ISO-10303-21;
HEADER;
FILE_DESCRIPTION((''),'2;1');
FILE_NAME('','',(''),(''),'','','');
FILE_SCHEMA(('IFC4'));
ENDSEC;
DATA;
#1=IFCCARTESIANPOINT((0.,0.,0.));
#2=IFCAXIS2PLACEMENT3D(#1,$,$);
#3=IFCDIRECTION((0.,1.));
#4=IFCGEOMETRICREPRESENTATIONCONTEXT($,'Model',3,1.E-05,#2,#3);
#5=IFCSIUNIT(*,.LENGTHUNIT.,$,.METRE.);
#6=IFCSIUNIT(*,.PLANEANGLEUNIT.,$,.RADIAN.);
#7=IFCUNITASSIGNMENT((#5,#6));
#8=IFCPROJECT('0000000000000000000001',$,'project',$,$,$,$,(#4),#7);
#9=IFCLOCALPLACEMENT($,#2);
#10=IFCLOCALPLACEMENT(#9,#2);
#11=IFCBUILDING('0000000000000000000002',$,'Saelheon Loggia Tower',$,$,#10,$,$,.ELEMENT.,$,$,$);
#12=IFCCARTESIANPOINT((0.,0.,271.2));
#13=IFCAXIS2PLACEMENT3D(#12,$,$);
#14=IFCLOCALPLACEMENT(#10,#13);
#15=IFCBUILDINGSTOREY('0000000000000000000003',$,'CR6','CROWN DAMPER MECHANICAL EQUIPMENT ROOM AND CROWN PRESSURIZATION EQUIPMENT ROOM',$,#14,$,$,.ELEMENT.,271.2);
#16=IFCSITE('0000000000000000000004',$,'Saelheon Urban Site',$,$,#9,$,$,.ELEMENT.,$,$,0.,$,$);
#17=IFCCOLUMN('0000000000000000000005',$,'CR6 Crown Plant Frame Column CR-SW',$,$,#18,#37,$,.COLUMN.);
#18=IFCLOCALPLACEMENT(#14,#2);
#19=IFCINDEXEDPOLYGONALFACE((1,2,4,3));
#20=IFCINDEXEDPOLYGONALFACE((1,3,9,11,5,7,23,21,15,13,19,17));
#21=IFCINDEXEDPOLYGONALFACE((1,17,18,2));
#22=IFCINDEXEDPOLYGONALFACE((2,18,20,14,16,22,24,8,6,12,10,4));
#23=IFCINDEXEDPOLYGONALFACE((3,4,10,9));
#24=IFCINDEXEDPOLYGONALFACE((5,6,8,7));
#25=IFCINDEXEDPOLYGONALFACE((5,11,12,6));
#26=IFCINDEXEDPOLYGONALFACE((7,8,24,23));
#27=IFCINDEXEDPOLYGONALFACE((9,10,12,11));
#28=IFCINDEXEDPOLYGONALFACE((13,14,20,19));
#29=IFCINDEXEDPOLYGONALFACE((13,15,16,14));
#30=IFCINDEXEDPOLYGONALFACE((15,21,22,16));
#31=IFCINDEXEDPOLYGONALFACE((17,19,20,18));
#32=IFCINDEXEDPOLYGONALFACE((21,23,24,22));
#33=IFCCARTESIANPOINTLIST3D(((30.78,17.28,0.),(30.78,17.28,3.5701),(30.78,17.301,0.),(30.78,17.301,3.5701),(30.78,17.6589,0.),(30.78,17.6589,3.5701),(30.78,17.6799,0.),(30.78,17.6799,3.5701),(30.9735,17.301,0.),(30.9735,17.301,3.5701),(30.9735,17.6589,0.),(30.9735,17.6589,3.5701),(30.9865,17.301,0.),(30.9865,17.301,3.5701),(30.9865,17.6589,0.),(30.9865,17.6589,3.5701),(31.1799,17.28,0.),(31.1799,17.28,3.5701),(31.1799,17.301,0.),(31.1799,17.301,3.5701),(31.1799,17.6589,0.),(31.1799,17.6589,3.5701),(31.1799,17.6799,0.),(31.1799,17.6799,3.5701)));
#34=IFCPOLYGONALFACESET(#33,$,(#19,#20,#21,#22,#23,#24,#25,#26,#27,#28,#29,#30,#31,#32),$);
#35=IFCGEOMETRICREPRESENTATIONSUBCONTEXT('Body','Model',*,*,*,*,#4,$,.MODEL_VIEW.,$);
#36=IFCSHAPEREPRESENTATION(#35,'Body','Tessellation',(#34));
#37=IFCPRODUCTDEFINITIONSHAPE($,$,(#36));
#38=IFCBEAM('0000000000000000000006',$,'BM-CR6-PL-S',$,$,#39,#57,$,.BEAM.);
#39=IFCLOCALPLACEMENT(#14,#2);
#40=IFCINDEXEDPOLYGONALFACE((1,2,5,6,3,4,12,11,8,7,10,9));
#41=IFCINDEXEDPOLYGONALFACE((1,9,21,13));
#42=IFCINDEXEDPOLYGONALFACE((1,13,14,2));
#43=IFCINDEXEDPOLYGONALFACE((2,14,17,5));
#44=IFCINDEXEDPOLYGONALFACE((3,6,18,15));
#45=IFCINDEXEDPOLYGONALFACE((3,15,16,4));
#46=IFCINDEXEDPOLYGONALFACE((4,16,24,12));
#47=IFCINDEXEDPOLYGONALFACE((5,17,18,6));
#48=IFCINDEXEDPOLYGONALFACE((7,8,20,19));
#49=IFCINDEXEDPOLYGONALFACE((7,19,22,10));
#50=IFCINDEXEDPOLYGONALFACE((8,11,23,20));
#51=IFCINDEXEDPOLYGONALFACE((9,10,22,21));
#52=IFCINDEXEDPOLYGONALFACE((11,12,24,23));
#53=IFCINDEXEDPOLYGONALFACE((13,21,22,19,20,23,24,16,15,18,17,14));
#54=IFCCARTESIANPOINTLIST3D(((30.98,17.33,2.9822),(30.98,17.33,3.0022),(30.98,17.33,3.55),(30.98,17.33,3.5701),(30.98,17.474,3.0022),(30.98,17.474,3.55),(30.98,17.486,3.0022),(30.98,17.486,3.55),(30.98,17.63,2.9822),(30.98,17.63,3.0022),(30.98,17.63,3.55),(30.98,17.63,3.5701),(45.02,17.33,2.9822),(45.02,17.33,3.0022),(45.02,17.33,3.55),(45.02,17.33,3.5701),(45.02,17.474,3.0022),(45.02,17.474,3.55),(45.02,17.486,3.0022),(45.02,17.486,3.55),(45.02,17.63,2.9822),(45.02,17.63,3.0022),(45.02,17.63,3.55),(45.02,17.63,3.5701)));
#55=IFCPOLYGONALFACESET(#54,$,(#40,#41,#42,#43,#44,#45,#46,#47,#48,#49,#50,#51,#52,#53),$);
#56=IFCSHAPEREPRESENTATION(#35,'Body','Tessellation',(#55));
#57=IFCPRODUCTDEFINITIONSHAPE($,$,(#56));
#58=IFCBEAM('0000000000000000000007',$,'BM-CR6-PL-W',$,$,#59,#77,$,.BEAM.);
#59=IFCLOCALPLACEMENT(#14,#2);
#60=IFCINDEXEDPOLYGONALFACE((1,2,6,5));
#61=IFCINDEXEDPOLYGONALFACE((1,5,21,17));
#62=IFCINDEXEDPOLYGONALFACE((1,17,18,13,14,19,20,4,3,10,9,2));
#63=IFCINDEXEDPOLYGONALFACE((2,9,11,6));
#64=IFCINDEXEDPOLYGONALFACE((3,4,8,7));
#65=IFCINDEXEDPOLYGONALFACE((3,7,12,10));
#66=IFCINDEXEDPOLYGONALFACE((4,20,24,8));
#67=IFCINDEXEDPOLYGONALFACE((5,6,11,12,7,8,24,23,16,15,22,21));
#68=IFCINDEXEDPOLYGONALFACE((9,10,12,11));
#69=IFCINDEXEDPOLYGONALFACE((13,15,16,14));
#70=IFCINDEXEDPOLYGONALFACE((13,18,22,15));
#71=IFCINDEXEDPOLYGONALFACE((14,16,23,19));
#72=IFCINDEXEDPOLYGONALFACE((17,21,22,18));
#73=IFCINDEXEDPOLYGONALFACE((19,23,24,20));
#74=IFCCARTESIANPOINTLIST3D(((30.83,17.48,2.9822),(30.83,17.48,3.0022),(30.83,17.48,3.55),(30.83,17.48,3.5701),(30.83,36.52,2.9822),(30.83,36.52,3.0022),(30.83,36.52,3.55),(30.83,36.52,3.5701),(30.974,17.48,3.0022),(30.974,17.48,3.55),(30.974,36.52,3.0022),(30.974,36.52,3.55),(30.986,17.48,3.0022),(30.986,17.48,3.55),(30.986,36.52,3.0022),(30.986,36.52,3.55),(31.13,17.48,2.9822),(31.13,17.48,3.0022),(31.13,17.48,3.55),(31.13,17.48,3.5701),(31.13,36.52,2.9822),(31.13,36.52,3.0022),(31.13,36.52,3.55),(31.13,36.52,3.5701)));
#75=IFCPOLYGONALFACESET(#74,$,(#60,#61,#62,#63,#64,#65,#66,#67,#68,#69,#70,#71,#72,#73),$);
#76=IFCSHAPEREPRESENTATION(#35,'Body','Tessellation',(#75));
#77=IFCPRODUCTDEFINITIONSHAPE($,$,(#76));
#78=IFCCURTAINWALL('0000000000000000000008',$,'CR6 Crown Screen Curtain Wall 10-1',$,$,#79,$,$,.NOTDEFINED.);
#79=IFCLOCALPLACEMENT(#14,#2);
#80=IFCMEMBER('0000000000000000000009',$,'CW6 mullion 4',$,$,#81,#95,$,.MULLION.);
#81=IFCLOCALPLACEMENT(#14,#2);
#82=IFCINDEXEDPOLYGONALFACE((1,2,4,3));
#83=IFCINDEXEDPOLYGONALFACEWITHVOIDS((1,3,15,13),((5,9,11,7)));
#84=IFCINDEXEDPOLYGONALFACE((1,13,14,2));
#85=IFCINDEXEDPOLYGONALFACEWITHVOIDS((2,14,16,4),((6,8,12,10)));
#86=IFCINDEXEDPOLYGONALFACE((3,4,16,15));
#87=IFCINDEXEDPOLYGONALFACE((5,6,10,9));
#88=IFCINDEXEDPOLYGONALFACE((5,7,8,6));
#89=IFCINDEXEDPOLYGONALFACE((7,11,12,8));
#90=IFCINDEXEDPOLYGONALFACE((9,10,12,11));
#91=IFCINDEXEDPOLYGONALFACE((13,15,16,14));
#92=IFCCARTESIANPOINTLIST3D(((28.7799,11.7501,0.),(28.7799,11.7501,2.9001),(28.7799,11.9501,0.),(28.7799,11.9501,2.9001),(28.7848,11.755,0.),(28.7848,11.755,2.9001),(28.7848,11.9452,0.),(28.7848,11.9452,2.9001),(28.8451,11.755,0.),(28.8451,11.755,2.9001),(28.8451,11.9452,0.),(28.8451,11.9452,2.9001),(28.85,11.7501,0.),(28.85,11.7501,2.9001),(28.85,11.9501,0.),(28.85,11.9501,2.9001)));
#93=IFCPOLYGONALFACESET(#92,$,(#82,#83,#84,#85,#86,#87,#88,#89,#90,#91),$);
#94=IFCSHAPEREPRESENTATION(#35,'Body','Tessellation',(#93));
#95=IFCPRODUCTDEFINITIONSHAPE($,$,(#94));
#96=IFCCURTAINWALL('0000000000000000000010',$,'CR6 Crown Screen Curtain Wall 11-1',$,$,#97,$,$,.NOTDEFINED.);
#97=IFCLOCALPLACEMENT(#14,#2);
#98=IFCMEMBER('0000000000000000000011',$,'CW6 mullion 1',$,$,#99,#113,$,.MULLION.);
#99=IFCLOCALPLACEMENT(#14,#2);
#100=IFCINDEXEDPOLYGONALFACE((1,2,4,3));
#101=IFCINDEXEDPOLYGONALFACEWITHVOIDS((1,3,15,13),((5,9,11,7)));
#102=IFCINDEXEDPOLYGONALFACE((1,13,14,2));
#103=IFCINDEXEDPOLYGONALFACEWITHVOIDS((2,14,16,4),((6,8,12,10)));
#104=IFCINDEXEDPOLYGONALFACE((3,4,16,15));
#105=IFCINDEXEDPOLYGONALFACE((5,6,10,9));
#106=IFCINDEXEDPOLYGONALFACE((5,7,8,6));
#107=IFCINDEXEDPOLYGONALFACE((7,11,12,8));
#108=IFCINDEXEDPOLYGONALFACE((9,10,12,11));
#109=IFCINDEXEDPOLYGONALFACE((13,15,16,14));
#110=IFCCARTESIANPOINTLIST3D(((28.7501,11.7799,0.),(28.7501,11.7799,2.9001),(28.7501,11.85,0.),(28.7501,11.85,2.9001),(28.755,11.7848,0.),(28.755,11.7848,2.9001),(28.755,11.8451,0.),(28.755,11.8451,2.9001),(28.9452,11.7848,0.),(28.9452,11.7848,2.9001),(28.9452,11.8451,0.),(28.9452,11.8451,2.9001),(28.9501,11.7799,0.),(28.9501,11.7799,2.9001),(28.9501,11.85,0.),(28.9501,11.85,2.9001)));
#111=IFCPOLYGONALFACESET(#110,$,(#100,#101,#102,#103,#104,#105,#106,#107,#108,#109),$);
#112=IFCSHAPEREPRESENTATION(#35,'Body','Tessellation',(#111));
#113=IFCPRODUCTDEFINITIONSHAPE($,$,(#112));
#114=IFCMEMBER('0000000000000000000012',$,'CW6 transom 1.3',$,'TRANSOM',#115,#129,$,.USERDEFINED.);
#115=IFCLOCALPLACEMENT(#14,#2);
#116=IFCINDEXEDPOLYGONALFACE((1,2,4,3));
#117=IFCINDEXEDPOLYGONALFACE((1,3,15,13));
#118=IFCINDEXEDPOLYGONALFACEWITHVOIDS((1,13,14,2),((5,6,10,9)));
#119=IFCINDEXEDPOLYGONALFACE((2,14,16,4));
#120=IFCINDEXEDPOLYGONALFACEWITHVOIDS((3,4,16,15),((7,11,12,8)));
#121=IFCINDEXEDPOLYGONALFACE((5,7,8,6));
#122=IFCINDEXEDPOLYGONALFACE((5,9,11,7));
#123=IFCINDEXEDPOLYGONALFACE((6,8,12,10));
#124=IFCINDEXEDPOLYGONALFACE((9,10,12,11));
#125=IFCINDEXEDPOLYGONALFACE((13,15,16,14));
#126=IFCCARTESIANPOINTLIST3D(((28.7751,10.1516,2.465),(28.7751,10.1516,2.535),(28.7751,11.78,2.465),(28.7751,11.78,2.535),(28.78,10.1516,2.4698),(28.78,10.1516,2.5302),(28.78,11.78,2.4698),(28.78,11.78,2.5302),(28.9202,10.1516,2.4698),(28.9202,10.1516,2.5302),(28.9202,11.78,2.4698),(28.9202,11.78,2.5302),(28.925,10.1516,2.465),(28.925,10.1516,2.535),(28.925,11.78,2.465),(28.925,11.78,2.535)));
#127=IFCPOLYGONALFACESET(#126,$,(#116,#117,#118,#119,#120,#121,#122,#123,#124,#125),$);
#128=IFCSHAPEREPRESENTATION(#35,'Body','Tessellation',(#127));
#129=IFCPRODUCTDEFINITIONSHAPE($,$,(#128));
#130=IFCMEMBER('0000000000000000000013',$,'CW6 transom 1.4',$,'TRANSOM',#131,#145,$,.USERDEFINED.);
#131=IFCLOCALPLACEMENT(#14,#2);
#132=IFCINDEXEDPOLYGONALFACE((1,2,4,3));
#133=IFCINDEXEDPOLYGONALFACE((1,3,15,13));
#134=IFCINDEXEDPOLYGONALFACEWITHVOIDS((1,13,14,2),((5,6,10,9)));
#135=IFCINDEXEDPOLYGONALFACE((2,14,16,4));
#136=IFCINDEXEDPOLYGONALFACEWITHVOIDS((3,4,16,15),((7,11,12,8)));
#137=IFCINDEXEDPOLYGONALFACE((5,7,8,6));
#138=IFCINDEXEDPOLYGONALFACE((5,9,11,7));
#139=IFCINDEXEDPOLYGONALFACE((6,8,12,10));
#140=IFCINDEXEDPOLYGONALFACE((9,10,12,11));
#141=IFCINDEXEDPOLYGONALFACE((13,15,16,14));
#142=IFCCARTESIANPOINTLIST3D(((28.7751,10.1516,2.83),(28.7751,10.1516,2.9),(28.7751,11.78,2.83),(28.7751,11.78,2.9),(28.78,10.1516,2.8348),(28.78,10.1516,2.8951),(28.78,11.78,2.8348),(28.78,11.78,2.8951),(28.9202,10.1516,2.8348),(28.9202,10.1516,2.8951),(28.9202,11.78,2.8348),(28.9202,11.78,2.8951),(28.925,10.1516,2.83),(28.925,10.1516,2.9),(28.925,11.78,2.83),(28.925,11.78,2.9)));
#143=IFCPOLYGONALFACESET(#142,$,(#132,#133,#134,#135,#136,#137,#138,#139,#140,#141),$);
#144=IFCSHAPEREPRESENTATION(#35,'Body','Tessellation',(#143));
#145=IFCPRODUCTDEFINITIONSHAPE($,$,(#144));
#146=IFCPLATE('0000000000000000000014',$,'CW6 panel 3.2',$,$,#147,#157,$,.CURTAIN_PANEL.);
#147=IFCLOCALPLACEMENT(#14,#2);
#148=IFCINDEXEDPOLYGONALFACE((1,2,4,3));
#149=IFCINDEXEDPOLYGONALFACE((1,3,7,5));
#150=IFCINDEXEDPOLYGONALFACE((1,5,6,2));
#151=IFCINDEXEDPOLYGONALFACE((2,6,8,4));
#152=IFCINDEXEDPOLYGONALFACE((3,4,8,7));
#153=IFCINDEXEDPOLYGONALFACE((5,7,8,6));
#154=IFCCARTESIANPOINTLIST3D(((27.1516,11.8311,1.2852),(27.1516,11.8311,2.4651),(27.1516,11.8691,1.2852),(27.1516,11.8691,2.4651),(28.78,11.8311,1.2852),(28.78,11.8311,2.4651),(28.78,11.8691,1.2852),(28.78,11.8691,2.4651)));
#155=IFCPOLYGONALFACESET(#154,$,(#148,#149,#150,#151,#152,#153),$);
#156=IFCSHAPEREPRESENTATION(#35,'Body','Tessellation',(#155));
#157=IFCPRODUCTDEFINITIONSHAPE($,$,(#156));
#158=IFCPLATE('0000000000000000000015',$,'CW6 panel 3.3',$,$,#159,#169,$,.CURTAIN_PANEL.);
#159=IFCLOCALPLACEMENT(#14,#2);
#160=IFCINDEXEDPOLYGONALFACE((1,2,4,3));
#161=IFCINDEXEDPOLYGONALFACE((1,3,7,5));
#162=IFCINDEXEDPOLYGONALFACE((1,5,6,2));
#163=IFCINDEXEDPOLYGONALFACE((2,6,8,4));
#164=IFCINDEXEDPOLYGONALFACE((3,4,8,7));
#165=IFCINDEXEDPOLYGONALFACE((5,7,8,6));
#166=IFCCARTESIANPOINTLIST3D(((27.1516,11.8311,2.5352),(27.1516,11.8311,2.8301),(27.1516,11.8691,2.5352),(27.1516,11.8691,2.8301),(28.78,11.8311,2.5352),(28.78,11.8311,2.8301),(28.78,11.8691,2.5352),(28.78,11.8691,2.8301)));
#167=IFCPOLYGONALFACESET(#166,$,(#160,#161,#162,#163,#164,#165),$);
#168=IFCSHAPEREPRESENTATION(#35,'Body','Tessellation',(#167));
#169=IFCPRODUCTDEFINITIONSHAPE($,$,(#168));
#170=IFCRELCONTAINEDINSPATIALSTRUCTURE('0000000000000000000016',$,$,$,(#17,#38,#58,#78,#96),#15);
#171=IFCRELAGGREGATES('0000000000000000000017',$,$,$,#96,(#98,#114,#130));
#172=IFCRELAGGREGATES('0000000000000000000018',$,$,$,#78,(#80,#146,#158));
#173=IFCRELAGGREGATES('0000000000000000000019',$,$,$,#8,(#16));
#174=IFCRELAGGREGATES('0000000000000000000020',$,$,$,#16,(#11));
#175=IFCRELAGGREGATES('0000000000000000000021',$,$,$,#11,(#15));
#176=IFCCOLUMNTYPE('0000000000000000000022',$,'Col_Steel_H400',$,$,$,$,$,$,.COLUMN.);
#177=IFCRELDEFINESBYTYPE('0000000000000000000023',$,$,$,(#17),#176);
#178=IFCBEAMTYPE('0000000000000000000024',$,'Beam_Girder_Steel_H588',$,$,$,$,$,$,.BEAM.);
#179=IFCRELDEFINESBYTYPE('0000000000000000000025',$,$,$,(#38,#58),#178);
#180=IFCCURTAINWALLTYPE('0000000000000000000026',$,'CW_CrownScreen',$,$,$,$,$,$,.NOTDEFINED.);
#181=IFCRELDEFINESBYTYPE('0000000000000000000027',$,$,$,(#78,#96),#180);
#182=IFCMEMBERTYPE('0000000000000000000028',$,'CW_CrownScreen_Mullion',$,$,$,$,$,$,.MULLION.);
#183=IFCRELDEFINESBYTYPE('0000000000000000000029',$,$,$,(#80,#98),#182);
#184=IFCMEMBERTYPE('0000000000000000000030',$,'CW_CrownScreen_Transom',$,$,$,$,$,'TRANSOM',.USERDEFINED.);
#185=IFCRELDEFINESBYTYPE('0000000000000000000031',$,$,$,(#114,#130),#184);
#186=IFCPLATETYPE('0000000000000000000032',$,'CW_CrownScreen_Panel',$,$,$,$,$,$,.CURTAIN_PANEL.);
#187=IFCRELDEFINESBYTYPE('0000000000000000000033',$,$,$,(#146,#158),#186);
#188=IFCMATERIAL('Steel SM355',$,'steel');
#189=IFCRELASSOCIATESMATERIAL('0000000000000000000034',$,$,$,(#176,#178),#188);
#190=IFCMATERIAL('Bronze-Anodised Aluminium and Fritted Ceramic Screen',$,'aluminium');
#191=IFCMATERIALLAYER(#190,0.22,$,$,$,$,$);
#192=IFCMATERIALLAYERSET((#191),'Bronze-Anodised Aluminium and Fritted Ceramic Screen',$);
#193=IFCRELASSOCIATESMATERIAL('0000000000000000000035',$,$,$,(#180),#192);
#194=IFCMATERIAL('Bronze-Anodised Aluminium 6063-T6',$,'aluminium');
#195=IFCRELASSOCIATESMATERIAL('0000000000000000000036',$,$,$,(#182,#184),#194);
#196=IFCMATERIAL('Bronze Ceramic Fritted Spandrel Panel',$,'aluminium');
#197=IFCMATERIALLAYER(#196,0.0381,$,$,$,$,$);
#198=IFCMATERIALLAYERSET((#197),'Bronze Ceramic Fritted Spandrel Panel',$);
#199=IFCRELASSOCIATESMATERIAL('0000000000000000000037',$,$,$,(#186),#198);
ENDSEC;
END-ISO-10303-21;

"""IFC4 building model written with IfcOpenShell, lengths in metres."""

from ifc_helpers import new_model, si_unit, direction, frame, origin, origin_2d, place, context, subcontext, project, spatial, rectangle, hollow_rectangle, i_section, extrude, source, transform, mapped, material, layer, layer_set, material_profile, profile_set, type_object, element, aggregate, save


model = new_model("IFC4")

# Units and contexts
model_context = context("Model", 3, precision=1e-05, world=origin(), true_north=direction((0.0, 1.0)))
body_context = subcontext(model_context, "Body", "Model", "MODEL_VIEW")
ifc_project = project(units=[si_unit("LENGTHUNIT", "METRE"), si_unit("PLANEANGLEUNIT", "RADIAN")], contexts=[model_context])

# Site, building, storey
site_placement = place(None, origin())
site = spatial("IfcSite", under=ifc_project, at=site_placement, Name="Saelheon Urban Site", CompositionType="ELEMENT", RefElevation=0.0)
building_placement = place(site_placement, origin())
building = spatial("IfcBuilding", under=site, at=building_placement, Name="Saelheon Loggia Tower", CompositionType="ELEMENT")
storey_placement = place(building_placement, frame((0.0, 0.0, 271.2)))
storey = spatial("IfcBuildingStorey", under=building, at=storey_placement, Name="CR6", Description="CROWN DAMPER MECHANICAL EQUIPMENT ROOM AND CROWN PRESSURIZATION EQUIPMENT ROOM", CompositionType="ELEMENT", Elevation=271.2)

# Column
ifc_material_1 = material(Name="Steel SM355", Category="steel")
ifc_material_profile_1 = material_profile(ifc_material_1, i_section(OverallWidth=0.3999, OverallDepth=0.3999, WebThickness=0.0129, FlangeThickness=0.021, at=origin_2d()), Name="H-400x400x13x21")
ifc_profile_set_1 = profile_set([ifc_material_profile_1], Name="Steel SM355")
column_type = type_object("IfcColumnType", Name="Col_Steel_H400", PredefinedType="COLUMN", material=ifc_profile_set_1)
shared_shape_1 = source(origin(), body_context, "Body", "SweptSolid", [
    extrude(i_section(OverallWidth=0.3999, OverallDepth=0.3999, WebThickness=0.0129, FlangeThickness=0.021, at=origin_2d()), origin(), (0.0, 0.0, 1.0), 3.5701),
])
column_placement = place(storey_placement, frame((30.98, 17.48, 0.0), z_axis=(0.0, 0.0, 1.0), x_axis=(1.0, 0.0, 0.0)))
element("IfcColumn", 1, at=column_placement, inside=storey, type_object=column_type, Name="CR6 Crown Plant Frame Column CR-SW", PredefinedType="COLUMN", context=body_context, shape_type="MappedRepresentation", body=[
    mapped(shared_shape_1, transform((0.0, 0.0, 0.0), scale=1.0)),
])

# Beams
ifc_material_profile_2 = material_profile(ifc_material_1, i_section(OverallWidth=0.3, OverallDepth=0.5879, WebThickness=0.012, FlangeThickness=0.02, at=origin_2d()), Name="H-588x300x12x20")
ifc_profile_set_2 = profile_set([ifc_material_profile_2], Name="Steel SM355")
beam_type = type_object("IfcBeamType", Name="Beam_Girder_Steel_H588", PredefinedType="BEAM", material=ifc_profile_set_2)
shared_shape_2 = source(origin(), body_context, "Body", "SweptSolid", [
    extrude(i_section(OverallWidth=0.3, OverallDepth=0.5879, WebThickness=0.012, FlangeThickness=0.02, at=origin_2d()), origin(), (0.0, 0.0, 1.0), 14.04),
])
beam_1_placement = place(storey_placement, frame((30.98, 17.48, 3.2761), z_axis=(1.0, 0.0, 0.0), x_axis=(0.0, 1.0, 0.0)))
element("IfcBeam", 2, at=beam_1_placement, inside=storey, type_object=beam_type, Name="BM-CR6-PL-S", PredefinedType="BEAM", context=body_context, shape_type="MappedRepresentation", body=[
    mapped(shared_shape_2, transform((0.0, 0.0, 0.0), scale=1.0)),
])
shared_shape_3 = source(origin(), body_context, "Body", "SweptSolid", [
    extrude(i_section(OverallWidth=0.3, OverallDepth=0.5879, WebThickness=0.012, FlangeThickness=0.02, at=origin_2d()), origin(), (0.0, 0.0, 1.0), 19.04),
])
beam_2_placement = place(storey_placement, frame((30.98, 17.48, 3.2761), z_axis=(0.0, 1.0, 0.0), x_axis=(-1.0, 0.0, 0.0)))
element("IfcBeam", 3, at=beam_2_placement, inside=storey, type_object=beam_type, Name="BM-CR6-PL-W", PredefinedType="BEAM", context=body_context, shape_type="MappedRepresentation", body=[
    mapped(shared_shape_3, transform((0.0, 0.0, 0.0), scale=1.0)),
])

# Curtain wall, member
ifc_material_2 = material(Name="Bronze-Anodised Aluminium and Fritted Ceramic Screen", Category="aluminium")
ifc_layer_1 = layer(ifc_material_2, 0.22)
ifc_layer_set_1 = layer_set([ifc_layer_1], Name="Bronze-Anodised Aluminium and Fritted Ceramic Screen")
curtain_wall_type = type_object("IfcCurtainWallType", Name="CW_CrownScreen", PredefinedType="NOTDEFINED", material=ifc_layer_set_1)
curtain_wall_1_placement = place(storey_placement, origin())
curtain_wall_1 = element("IfcCurtainWall", 4, at=curtain_wall_1_placement, inside=storey, type_object=curtain_wall_type, Name="CR6 Crown Screen Curtain Wall 10-1", PredefinedType="NOTDEFINED")
ifc_material_3 = material(Name="Bronze-Anodised Aluminium 6063-T6", Category="aluminium")
ifc_material_profile_3 = material_profile(ifc_material_3, hollow_rectangle(XDim=0.0701, YDim=0.2, WallThickness=0.0049, at=origin_2d()), Name="RHS-200x70x5")
ifc_profile_set_3 = profile_set([ifc_material_profile_3], Name="Bronze-Anodised Aluminium 6063-T6")
member_type_1 = type_object("IfcMemberType", Name="CW_CrownScreen_Mullion", PredefinedType="MULLION", material=ifc_profile_set_3)
shared_shape_4 = source(origin(), body_context, "Body", "SweptSolid", [
    extrude(hollow_rectangle(XDim=0.0701, YDim=0.2, WallThickness=0.0049, at=origin_2d()), origin(), (0.0, 0.0, 1.0), 2.9001),
])
member_1_placement = place(storey_placement, frame((28.8149, 11.8501, 0.0), z_axis=(0.0, 0.0, 1.0), x_axis=(1.0, 0.0, 0.0)))
member_1 = element("IfcMember", 5, at=member_1_placement, type_object=member_type_1, Name="CW6 mullion 4", PredefinedType="MULLION", context=body_context, shape_type="MappedRepresentation", body=[
    mapped(shared_shape_4, transform((0.0, 0.0, 0.0), scale=1.0)),
])

# Curtain wall, members
curtain_wall_2_placement = place(storey_placement, origin())
curtain_wall_2 = element("IfcCurtainWall", 6, at=curtain_wall_2_placement, inside=storey, type_object=curtain_wall_type, Name="CR6 Crown Screen Curtain Wall 11-1", PredefinedType="NOTDEFINED")
member_2_placement = place(storey_placement, frame((28.8501, 11.8149, 0.0), z_axis=(0.0, 0.0, 1.0), x_axis=(0.0, -1.0, 0.0)))
member_2 = element("IfcMember", 7, at=member_2_placement, type_object=member_type_1, Name="CW6 mullion 1", PredefinedType="MULLION", context=body_context, shape_type="MappedRepresentation", body=[
    mapped(shared_shape_4, transform((0.0, 0.0, 0.0), scale=1.0)),
])
ifc_material_profile_4 = material_profile(ifc_material_3, hollow_rectangle(XDim=0.0701, YDim=0.1499, WallThickness=0.0049, at=origin_2d()), Name="RHS-150x70x5")
ifc_profile_set_4 = profile_set([ifc_material_profile_4], Name="Bronze-Anodised Aluminium 6063-T6")
member_type_2 = type_object("IfcMemberType", Name="CW_CrownScreen_Transom", ElementType="TRANSOM", PredefinedType="USERDEFINED", material=ifc_profile_set_4)
shared_shape_5 = source(origin(), body_context, "Body", "SweptSolid", [
    extrude(hollow_rectangle(XDim=0.0701, YDim=0.1499, WallThickness=0.0049, at=origin_2d()), origin(), (0.0, 0.0, 1.0), 1.6284),
])
member_3_placement = place(storey_placement, frame((28.8501, 11.78, 2.5), z_axis=(0.0, -1.0, 0.0), x_axis=(0.0, 0.0, 1.0)))
member_3 = element("IfcMember", 8, at=member_3_placement, type_object=member_type_2, Name="CW6 transom 1.3", ObjectType="TRANSOM", PredefinedType="USERDEFINED", context=body_context, shape_type="MappedRepresentation", body=[
    mapped(shared_shape_5, transform((0.0, 0.0, 0.0), scale=1.0)),
])
member_4_placement = place(storey_placement, frame((28.8501, 11.78, 2.865), z_axis=(0.0, -1.0, 0.0), x_axis=(0.0, 0.0, 1.0)))
member_4 = element("IfcMember", 9, at=member_4_placement, type_object=member_type_2, Name="CW6 transom 1.4", ObjectType="TRANSOM", PredefinedType="USERDEFINED", context=body_context, shape_type="MappedRepresentation", body=[
    mapped(shared_shape_5, transform((0.0, 0.0, 0.0), scale=1.0)),
])
aggregate(curtain_wall_2, [member_2, member_3, member_4])

# Plates
ifc_material_4 = material(Name="Bronze Ceramic Fritted Spandrel Panel", Category="aluminium")
ifc_layer_2 = layer(ifc_material_4, 0.0381)
ifc_layer_set_2 = layer_set([ifc_layer_2], Name="Bronze Ceramic Fritted Spandrel Panel")
plate_type = type_object("IfcPlateType", Name="CW_CrownScreen_Panel", PredefinedType="CURTAIN_PANEL", material=ifc_layer_set_2)
shared_shape_6 = source(origin(), body_context, "Body", "SweptSolid", [
    extrude(rectangle(XDim=1.6284, YDim=0.0381, at=origin_2d()), origin(), (0.0, 0.0, 1.0), 1.1799),
])
plate_1_placement = place(storey_placement, frame((27.9658, 11.8501, 1.2852), z_axis=(0.0, 0.0, 1.0), x_axis=(1.0, 0.0, 0.0)))
plate_1 = element("IfcPlate", 10, at=plate_1_placement, type_object=plate_type, Name="CW6 panel 3.2", PredefinedType="CURTAIN_PANEL", context=body_context, shape_type="MappedRepresentation", body=[
    mapped(shared_shape_6, transform((0.0, 0.0, 0.0), scale=1.0)),
])
shared_shape_7 = source(origin(), body_context, "Body", "SweptSolid", [
    extrude(rectangle(XDim=1.6284, YDim=0.0381, at=origin_2d()), origin(), (0.0, 0.0, 1.0), 0.2949),
])
plate_2_placement = place(storey_placement, frame((27.9658, 11.8501, 2.5352), z_axis=(0.0, 0.0, 1.0), x_axis=(1.0, 0.0, 0.0)))
plate_2 = element("IfcPlate", 11, at=plate_2_placement, type_object=plate_type, Name="CW6 panel 3.3", PredefinedType="CURTAIN_PANEL", context=body_context, shape_type="MappedRepresentation", body=[
    mapped(shared_shape_7, transform((0.0, 0.0, 0.0), scale=1.0)),
])
aggregate(curtain_wall_1, [member_1, plate_1, plate_2])

save(model, "model.ifc")
